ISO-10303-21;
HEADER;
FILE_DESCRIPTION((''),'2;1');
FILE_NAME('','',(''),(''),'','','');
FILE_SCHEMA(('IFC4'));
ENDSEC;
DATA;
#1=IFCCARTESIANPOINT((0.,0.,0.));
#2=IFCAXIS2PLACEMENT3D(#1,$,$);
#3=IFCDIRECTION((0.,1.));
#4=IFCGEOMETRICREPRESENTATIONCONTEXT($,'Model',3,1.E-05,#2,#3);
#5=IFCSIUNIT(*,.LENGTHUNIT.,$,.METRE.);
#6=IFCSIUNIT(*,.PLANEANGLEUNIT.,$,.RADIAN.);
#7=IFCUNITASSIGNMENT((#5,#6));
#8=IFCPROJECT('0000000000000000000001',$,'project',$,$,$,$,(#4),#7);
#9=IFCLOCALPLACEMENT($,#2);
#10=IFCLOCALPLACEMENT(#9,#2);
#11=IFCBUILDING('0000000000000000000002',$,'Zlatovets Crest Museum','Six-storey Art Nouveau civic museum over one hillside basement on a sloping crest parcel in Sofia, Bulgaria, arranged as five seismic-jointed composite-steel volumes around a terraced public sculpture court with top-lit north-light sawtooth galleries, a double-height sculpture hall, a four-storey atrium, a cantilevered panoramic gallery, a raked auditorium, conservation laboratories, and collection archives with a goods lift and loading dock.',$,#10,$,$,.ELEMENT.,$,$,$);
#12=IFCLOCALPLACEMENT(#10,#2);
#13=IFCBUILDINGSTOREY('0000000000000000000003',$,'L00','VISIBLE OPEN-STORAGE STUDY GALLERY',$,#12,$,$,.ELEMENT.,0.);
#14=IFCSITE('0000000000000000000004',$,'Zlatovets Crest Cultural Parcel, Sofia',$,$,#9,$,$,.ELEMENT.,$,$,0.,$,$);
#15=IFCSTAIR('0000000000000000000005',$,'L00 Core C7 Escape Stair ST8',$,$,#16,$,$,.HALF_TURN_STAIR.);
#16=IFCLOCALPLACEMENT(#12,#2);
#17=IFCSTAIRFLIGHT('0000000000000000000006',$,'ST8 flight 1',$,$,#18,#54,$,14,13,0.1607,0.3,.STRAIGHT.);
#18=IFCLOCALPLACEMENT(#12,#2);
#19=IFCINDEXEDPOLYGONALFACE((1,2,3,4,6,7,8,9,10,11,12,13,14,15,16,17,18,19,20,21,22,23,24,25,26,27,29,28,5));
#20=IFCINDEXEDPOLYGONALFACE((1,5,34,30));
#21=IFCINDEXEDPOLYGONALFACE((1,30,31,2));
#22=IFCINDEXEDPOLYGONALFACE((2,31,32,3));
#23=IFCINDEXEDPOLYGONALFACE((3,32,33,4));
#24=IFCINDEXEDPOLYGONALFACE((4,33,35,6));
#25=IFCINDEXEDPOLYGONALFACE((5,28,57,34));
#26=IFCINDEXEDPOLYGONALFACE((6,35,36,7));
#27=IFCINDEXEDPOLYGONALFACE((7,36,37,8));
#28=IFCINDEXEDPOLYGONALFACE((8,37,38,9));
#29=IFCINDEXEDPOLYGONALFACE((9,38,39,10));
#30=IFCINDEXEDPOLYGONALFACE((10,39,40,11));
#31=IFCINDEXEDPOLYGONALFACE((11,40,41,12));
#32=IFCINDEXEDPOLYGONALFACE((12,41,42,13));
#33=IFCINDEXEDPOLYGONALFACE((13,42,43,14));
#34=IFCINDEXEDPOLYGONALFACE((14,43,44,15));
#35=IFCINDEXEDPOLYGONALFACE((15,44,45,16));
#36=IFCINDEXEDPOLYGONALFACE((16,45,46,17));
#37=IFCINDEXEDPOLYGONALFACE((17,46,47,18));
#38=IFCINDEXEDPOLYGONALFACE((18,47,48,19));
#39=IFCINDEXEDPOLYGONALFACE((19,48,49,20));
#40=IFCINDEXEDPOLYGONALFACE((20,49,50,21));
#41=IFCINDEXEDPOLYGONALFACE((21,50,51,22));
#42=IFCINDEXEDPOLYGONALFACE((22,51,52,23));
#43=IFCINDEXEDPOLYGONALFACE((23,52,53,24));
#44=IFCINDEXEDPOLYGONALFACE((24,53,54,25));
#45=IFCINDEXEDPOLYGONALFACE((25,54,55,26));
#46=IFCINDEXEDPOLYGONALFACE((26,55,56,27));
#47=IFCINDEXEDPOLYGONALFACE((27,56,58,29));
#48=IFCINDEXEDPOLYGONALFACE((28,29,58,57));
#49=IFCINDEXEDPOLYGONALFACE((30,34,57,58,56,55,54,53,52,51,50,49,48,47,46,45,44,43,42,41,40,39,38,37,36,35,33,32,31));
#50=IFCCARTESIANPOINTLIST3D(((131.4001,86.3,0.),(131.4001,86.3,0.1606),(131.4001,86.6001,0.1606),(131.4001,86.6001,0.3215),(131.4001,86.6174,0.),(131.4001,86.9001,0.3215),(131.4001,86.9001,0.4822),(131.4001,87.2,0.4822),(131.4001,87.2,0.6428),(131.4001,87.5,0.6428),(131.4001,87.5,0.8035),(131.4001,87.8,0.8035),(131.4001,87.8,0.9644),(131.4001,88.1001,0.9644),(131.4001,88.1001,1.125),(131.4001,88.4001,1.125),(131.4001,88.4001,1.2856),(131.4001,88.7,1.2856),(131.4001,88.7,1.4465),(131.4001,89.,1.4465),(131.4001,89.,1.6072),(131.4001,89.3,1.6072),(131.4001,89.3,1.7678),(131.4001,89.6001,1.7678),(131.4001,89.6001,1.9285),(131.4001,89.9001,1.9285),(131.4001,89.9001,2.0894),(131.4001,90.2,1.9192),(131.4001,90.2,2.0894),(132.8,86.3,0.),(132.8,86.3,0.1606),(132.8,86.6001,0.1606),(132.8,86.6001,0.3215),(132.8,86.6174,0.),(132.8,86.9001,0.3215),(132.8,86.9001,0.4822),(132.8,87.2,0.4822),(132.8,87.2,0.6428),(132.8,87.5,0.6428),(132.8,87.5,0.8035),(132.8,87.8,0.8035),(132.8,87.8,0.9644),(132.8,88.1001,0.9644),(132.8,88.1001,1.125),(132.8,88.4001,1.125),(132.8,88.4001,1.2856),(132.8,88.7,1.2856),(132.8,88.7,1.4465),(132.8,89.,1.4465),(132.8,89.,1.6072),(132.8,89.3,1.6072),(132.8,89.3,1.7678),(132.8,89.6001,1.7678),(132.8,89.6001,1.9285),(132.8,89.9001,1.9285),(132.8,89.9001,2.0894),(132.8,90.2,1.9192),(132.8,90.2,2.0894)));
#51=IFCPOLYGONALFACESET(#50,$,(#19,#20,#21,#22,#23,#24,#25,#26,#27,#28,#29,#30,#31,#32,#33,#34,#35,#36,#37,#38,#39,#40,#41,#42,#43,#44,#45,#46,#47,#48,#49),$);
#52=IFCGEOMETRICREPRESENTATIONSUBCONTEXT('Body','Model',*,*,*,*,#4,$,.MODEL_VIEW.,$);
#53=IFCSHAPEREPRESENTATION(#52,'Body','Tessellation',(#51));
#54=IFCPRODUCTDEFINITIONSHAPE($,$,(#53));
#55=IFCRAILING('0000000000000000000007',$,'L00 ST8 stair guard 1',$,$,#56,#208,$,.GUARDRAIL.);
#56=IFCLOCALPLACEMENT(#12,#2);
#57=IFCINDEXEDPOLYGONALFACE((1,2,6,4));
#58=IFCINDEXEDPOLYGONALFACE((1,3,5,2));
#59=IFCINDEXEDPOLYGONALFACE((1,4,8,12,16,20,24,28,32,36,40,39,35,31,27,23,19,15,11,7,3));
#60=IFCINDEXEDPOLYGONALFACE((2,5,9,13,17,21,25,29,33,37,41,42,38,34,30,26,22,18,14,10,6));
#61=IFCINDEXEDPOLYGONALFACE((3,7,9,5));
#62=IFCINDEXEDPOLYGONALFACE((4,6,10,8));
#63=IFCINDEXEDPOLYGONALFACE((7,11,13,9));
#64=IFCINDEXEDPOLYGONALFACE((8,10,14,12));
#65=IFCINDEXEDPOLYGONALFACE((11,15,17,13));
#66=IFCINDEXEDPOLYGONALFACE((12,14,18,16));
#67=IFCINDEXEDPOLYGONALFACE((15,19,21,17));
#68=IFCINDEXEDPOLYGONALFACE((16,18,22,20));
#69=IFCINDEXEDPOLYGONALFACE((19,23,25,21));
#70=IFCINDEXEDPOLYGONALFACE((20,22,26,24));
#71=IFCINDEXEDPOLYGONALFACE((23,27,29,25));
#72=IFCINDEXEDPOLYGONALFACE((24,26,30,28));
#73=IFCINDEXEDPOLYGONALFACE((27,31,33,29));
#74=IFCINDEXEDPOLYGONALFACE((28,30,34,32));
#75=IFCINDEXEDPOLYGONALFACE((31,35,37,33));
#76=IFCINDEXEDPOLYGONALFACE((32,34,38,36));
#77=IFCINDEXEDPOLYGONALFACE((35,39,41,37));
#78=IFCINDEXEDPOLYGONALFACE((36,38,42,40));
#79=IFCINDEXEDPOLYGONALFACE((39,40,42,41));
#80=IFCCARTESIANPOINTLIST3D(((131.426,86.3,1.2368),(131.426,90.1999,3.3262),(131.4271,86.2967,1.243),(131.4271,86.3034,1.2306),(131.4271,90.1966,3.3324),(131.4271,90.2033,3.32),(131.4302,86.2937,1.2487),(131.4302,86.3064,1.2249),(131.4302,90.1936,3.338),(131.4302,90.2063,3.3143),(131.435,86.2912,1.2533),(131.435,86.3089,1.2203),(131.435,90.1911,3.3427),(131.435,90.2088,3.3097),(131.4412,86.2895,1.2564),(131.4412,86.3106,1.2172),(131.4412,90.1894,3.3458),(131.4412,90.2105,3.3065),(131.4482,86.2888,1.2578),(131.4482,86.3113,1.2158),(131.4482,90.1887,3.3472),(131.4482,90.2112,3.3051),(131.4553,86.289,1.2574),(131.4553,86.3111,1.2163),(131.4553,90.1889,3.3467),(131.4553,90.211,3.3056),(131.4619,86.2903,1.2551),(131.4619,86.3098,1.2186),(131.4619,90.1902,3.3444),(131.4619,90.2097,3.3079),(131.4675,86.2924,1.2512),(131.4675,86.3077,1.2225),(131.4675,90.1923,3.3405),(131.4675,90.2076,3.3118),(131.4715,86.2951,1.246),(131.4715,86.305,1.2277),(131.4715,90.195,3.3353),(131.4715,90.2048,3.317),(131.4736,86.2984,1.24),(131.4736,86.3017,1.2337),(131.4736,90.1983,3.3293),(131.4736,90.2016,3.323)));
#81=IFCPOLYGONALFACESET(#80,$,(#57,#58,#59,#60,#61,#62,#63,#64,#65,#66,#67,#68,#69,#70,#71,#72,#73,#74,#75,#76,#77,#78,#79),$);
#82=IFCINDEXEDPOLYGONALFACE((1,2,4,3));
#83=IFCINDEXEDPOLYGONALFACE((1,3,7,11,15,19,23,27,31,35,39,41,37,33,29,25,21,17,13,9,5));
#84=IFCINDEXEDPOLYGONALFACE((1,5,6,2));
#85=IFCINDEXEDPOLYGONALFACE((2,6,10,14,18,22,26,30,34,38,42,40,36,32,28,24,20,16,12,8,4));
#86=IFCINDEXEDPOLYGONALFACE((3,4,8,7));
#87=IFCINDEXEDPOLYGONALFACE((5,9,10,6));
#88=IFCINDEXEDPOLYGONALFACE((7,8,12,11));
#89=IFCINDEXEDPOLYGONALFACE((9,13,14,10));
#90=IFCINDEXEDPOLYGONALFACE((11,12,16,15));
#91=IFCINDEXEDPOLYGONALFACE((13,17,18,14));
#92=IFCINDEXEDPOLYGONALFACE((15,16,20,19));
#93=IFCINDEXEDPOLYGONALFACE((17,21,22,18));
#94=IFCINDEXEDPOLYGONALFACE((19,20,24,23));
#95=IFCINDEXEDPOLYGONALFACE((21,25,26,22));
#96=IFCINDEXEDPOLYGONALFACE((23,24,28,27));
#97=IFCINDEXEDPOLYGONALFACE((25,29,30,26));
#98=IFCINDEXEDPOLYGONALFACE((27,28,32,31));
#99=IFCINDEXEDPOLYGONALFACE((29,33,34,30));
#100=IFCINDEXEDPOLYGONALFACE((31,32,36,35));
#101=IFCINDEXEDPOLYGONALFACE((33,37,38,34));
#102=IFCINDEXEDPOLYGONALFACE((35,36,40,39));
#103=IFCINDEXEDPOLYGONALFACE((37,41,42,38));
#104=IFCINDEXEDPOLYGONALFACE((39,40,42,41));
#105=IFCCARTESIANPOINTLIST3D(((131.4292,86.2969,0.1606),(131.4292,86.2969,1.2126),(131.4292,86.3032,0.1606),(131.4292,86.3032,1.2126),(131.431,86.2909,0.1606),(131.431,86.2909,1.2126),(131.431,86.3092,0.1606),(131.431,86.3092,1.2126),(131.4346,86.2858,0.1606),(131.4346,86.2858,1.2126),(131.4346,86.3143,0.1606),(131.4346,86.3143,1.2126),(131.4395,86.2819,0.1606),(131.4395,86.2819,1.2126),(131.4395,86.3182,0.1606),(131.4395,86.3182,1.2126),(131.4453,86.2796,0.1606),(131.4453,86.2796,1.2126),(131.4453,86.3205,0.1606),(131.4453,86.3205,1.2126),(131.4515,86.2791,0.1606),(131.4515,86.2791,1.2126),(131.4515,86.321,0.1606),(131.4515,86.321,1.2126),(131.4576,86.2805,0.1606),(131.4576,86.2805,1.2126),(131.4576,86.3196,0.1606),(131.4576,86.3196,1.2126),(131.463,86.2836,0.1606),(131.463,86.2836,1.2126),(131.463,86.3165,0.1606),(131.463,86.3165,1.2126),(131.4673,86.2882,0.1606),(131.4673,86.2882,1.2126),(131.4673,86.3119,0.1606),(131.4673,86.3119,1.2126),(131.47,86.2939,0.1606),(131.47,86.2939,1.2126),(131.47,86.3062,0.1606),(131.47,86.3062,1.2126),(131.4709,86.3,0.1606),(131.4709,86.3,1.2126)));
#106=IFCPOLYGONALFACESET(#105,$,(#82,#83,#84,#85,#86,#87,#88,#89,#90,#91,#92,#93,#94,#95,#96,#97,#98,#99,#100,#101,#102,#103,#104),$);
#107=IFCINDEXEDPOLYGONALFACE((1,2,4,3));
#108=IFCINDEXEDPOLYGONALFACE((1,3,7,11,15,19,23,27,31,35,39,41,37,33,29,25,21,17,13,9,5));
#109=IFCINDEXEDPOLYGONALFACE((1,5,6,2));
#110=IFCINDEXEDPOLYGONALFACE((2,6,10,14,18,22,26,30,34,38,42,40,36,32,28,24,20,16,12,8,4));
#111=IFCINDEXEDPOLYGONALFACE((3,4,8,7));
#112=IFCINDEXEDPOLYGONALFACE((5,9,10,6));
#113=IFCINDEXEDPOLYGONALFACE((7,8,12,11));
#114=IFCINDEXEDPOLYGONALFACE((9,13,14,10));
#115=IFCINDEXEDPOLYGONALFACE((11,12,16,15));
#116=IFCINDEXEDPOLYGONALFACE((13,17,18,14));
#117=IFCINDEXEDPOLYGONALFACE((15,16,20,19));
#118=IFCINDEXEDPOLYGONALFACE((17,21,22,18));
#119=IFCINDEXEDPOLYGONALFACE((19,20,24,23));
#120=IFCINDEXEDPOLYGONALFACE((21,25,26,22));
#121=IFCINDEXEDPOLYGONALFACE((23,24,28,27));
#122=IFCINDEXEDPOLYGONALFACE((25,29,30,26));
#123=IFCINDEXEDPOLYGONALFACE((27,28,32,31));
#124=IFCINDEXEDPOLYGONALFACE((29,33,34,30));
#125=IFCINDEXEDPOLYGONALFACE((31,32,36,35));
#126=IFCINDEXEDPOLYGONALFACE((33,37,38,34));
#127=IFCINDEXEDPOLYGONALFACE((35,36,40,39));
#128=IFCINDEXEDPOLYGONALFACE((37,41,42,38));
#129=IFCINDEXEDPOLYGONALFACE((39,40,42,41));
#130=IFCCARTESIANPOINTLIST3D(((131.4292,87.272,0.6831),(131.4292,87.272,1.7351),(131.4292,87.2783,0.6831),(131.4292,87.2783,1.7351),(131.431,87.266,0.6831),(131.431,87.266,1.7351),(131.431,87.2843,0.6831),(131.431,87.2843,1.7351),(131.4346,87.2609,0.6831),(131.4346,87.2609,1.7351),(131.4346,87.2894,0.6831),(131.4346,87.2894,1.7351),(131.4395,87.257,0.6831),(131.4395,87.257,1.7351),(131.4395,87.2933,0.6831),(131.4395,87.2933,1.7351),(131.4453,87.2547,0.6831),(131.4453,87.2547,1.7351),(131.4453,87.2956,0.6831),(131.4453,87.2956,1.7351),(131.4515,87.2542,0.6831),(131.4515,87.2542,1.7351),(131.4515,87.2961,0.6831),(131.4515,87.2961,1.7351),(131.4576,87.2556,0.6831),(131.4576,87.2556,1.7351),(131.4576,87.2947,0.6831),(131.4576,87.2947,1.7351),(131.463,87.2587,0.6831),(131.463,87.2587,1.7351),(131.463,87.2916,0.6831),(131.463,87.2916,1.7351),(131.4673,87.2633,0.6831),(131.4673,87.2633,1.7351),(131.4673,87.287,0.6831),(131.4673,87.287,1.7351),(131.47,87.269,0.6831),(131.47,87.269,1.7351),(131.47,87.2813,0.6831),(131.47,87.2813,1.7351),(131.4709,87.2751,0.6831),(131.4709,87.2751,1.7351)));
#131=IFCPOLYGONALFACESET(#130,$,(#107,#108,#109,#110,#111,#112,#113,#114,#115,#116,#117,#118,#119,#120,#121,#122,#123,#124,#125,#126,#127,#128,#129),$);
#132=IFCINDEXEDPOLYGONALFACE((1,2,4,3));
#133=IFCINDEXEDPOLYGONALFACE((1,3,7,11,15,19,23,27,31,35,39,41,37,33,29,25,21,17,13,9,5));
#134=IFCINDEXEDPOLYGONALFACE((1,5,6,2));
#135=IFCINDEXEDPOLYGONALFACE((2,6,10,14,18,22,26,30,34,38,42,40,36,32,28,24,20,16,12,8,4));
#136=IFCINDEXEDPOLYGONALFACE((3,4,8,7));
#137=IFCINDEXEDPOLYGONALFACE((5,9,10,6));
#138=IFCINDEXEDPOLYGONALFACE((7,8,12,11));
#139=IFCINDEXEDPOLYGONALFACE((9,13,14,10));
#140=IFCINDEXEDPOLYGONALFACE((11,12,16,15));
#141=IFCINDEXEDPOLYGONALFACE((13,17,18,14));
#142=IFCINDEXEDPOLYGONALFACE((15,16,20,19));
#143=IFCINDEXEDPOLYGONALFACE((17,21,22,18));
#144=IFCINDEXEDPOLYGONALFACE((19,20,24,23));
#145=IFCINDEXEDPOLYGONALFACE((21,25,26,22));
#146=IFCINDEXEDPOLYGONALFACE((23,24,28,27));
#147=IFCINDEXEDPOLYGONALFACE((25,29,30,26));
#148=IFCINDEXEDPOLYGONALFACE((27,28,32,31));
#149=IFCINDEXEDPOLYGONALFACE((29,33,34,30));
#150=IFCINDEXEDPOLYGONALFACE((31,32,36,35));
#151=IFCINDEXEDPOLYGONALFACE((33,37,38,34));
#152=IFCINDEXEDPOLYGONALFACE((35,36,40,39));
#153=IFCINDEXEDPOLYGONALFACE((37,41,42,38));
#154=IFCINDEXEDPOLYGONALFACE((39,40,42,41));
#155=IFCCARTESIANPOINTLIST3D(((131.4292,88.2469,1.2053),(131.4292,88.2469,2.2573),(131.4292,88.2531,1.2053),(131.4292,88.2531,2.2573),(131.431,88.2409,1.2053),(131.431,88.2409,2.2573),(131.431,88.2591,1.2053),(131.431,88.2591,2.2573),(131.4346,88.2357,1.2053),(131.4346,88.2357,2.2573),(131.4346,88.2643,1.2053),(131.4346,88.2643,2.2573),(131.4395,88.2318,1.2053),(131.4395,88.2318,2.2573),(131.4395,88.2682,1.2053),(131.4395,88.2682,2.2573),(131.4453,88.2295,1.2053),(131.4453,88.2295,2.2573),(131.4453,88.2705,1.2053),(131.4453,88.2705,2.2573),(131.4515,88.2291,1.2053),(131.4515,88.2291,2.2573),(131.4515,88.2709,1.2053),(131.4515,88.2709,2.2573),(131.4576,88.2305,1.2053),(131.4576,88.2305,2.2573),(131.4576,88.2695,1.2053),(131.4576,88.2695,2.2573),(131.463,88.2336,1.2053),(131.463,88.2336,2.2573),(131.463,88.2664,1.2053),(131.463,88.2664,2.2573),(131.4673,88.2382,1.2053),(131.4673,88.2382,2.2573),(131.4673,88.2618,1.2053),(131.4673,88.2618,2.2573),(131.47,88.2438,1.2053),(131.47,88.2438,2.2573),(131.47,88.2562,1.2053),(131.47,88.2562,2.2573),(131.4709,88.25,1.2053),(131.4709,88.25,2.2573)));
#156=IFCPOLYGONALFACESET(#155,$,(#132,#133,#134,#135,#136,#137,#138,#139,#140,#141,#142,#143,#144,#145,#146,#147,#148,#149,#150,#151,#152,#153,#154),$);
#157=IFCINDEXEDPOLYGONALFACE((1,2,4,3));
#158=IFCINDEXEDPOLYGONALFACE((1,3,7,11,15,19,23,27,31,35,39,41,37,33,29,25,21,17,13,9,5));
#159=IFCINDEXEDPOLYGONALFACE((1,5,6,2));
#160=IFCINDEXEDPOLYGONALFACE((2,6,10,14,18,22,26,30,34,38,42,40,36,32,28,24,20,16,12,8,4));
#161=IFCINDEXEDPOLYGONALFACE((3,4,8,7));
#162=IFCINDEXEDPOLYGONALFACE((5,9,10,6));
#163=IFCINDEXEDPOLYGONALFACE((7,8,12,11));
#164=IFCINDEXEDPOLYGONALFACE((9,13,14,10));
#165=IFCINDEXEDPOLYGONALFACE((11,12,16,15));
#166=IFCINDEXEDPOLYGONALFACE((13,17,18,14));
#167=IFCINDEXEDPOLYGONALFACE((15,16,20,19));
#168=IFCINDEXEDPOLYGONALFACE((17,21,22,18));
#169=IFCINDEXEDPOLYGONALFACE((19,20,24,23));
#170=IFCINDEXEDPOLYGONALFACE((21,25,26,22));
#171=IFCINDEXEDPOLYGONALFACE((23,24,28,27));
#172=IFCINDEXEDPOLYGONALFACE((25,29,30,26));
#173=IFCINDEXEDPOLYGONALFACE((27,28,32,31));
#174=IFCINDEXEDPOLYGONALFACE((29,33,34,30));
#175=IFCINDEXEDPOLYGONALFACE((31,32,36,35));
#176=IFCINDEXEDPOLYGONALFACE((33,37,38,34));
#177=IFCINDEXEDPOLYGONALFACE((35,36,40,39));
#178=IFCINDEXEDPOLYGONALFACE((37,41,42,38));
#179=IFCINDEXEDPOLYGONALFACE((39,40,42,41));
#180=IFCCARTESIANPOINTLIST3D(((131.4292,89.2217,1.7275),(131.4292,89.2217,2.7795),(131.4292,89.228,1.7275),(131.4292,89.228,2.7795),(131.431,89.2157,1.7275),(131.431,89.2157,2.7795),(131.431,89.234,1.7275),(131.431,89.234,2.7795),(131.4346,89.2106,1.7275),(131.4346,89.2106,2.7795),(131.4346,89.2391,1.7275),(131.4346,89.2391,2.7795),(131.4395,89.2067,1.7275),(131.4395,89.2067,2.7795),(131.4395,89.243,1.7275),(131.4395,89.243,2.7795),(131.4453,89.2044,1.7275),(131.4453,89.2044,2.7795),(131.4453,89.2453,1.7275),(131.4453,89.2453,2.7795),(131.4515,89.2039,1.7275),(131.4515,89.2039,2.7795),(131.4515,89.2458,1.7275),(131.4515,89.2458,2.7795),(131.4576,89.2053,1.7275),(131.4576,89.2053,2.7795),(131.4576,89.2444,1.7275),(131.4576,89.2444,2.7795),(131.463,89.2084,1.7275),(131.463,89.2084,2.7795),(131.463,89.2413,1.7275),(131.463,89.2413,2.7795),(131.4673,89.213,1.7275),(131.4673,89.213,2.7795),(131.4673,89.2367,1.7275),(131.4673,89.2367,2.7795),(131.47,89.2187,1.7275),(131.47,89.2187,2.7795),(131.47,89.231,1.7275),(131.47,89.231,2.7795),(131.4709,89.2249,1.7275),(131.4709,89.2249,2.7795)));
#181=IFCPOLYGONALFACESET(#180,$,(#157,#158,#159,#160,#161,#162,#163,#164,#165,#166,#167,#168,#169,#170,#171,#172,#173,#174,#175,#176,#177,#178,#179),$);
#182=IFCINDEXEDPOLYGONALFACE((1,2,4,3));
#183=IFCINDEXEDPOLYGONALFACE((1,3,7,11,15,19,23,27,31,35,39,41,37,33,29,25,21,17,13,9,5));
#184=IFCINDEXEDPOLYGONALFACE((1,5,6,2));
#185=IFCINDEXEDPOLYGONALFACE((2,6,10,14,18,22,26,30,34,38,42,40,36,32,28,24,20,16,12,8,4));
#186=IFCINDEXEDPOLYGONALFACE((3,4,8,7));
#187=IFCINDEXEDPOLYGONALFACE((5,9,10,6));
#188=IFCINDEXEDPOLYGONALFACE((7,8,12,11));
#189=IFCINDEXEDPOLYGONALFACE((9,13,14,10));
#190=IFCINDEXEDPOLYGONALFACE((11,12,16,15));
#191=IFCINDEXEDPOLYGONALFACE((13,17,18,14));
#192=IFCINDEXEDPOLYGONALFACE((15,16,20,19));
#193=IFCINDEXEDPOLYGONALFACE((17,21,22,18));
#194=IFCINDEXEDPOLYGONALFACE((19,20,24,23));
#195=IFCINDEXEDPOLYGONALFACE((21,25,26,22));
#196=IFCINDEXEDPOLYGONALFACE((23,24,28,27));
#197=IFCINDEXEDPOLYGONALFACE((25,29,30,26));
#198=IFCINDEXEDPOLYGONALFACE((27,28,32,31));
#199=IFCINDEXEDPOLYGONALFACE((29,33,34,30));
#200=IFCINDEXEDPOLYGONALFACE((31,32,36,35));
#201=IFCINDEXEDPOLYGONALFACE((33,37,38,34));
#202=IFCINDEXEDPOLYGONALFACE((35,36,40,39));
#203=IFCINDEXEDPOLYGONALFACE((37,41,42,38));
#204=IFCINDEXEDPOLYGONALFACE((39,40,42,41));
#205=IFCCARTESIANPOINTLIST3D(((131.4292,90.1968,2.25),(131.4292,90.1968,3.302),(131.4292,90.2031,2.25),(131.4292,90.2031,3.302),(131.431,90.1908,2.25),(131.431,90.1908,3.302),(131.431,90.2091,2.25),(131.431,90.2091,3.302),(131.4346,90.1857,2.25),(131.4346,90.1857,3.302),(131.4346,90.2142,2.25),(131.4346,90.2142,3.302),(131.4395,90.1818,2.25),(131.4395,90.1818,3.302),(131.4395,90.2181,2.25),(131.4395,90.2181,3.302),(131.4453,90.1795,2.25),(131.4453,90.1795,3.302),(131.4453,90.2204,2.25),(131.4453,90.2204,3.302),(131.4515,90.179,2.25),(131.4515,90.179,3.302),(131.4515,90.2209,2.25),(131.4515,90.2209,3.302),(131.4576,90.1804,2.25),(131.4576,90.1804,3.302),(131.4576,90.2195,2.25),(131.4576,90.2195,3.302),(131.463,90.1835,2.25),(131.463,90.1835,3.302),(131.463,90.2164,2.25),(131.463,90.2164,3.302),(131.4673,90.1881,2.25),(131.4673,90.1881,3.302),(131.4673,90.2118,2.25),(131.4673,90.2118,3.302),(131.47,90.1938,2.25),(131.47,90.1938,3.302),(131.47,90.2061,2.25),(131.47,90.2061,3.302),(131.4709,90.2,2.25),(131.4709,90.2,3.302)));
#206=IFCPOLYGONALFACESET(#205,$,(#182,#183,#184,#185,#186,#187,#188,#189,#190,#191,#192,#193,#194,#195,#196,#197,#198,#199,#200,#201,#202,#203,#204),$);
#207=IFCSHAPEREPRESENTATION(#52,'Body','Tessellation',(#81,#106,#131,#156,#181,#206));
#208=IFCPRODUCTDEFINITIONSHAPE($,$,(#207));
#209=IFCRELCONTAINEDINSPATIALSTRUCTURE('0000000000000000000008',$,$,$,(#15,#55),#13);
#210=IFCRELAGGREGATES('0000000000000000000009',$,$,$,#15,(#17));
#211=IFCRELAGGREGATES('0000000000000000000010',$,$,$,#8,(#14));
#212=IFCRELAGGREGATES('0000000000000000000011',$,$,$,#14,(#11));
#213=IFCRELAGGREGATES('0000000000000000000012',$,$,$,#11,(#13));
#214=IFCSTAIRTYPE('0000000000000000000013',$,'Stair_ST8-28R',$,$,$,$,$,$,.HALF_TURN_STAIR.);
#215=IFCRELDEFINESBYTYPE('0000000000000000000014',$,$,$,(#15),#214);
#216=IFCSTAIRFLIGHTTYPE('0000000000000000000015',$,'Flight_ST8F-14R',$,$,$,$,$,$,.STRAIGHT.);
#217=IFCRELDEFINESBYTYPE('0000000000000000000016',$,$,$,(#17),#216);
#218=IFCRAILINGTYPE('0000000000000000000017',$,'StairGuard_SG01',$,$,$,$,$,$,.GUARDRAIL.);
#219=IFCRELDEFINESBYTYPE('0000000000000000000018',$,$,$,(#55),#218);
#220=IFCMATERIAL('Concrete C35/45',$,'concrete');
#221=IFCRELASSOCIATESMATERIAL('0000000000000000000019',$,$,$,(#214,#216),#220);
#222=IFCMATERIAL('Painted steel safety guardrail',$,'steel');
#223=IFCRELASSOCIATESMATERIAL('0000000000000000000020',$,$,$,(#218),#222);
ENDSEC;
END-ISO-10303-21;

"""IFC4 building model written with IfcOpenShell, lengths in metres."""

from ifc_helpers import new_model, si_unit, direction, frame, origin, origin_2d, place, context, subcontext, project, spatial, polyline, circle, outline, extrude, material, type_object, element, aggregate, save


model = new_model("IFC4")

# Units and contexts
model_context = context("Model", 3, precision=1e-05, world=origin(), true_north=direction((0.0, 1.0)))
body_context = subcontext(model_context, "Body", "Model", "MODEL_VIEW")
ifc_project = project(units=[si_unit("LENGTHUNIT", "METRE"), si_unit("PLANEANGLEUNIT", "RADIAN")], contexts=[model_context])

# Site, building, storey
site_placement = place(None, origin())
site = spatial("IfcSite", under=ifc_project, at=site_placement, Name="Zlatovets Crest Cultural Parcel, Sofia", CompositionType="ELEMENT", RefElevation=0.0)
building_placement = place(site_placement, origin())
building = spatial("IfcBuilding", under=site, at=building_placement, Name="Zlatovets Crest Museum", Description="Six-storey Art Nouveau civic museum over one hillside basement on a sloping crest parcel in Sofia, Bulgaria, arranged as five seismic-jointed composite-steel volumes around a terraced public sculpture court with top-lit north-light sawtooth galleries, a double-height sculpture hall, a four-storey atrium, a cantilevered panoramic gallery, a raked auditorium, conservation laboratories, and collection archives with a goods lift and loading dock.", CompositionType="ELEMENT")
storey_placement = place(building_placement, origin())
storey = spatial("IfcBuildingStorey", under=building, at=storey_placement, Name="L00", Description="VISIBLE OPEN-STORAGE STUDY GALLERY", CompositionType="ELEMENT", Elevation=0.0)

# Stair, stair flight
ifc_material_1 = material(Name="Concrete C35/45", Category="concrete")
stair_type = type_object("IfcStairType", Name="Stair_ST8-28R", PredefinedType="HALF_TURN_STAIR", material=ifc_material_1)
stair_placement = place(storey_placement, origin())
stair = element("IfcStair", 1, at=stair_placement, inside=storey, type_object=stair_type, Name="L00 Core C7 Escape Stair ST8", PredefinedType="HALF_TURN_STAIR")
stair_flight_type = type_object("IfcStairFlightType", Name="Flight_ST8F-14R", PredefinedType="STRAIGHT", material=ifc_material_1)
stair_flight_placement = place(storey_placement, frame((132.1001, 86.3, 0.0), z_axis=(0.0, 0.0, 1.0), x_axis=(0.0, 1.0, 0.0)))
stair_flight = element("IfcStairFlight", 2, at=stair_flight_placement, type_object=stair_flight_type, Name="ST8 flight 1", NumberOfRisers=14, NumberOfTreads=13, PredefinedType="STRAIGHT", RiserHeight=0.1607, TreadLength=0.3, context=body_context, shape_type="SweptSolid", body=[
    extrude(outline(polyline([(0.0, 0.0), (0.0, 0.1606), (0.3, 0.1606), (0.3, 0.3215), (0.6001, 0.3215), (0.6001, 0.4822), (0.8999, 0.4822), (0.8999, 0.6428), (1.2, 0.6428), (1.2, 0.8035), (1.5, 0.8035), (1.5, 0.9644), (1.8, 0.9644), (1.8, 1.125), (2.1001, 1.125), (2.1001, 1.2856), (2.3999, 1.2856), (2.3999, 1.4465), (2.7, 1.4465), (2.7, 1.6072), (3.0, 1.6072), (3.0, 1.7678), (3.3, 1.7678), (3.3, 1.9285), (3.6001, 1.9285), (3.6001, 2.0894), (3.8999, 2.0894), (3.8999, 2.25), (3.8999, 1.9192), (0.3174, 0.0), (0.0, 0.0)])), frame((0.0, 0.7, 0.0), z_axis=(0.0, -1.0, 0.0), x_axis=(1.0, 0.0, 0.0)), (0.0, 0.0, 1.0), 1.3999),
])
aggregate(stair, [stair_flight])

# Railing
ifc_material_2 = material(Name="Painted steel safety guardrail", Category="steel")
railing_type_1 = type_object("IfcRailingType", Name="StairGuard_SG01", PredefinedType="GUARDRAIL", material=ifc_material_2)
railing_1_placement = place(storey_placement, frame((131.45, 86.3, 0.1606)))
element("IfcRailing", 3, at=railing_1_placement, inside=storey, type_object=railing_type_1, Name="L00 ST8 stair guard 1", PredefinedType="GUARDRAIL", context=body_context, shape_type="SweptSolid", body=[
    extrude(circle(Radius=0.0239, at=origin_2d()), frame((0.0, 0.0, 1.0762), z_axis=(0.0, 0.881468, 0.472243), x_axis=(-1.0, 0.0, 0.0)), (0.0, 0.0, 1.0), 4.4243),
    extrude(circle(Radius=0.021, at=origin_2d()), origin(), (0.0, 0.0, 1.0), 1.052),
    extrude(circle(Radius=0.021, at=origin_2d()), frame((0.0, 0.9751, 0.5225)), (0.0, 0.0, 1.0), 1.052),
    extrude(circle(Radius=0.021, at=origin_2d()), frame((0.0, 1.95, 1.0447)), (0.0, 0.0, 1.0), 1.052),
    extrude(circle(Radius=0.021, at=origin_2d()), frame((0.0, 2.9248, 1.5669)), (0.0, 0.0, 1.0), 1.052),
    extrude(circle(Radius=0.021, at=origin_2d()), frame((0.0, 3.8999, 2.0894)), (0.0, 0.0, 1.0), 1.052),
])

save(model, "model.ifc")
